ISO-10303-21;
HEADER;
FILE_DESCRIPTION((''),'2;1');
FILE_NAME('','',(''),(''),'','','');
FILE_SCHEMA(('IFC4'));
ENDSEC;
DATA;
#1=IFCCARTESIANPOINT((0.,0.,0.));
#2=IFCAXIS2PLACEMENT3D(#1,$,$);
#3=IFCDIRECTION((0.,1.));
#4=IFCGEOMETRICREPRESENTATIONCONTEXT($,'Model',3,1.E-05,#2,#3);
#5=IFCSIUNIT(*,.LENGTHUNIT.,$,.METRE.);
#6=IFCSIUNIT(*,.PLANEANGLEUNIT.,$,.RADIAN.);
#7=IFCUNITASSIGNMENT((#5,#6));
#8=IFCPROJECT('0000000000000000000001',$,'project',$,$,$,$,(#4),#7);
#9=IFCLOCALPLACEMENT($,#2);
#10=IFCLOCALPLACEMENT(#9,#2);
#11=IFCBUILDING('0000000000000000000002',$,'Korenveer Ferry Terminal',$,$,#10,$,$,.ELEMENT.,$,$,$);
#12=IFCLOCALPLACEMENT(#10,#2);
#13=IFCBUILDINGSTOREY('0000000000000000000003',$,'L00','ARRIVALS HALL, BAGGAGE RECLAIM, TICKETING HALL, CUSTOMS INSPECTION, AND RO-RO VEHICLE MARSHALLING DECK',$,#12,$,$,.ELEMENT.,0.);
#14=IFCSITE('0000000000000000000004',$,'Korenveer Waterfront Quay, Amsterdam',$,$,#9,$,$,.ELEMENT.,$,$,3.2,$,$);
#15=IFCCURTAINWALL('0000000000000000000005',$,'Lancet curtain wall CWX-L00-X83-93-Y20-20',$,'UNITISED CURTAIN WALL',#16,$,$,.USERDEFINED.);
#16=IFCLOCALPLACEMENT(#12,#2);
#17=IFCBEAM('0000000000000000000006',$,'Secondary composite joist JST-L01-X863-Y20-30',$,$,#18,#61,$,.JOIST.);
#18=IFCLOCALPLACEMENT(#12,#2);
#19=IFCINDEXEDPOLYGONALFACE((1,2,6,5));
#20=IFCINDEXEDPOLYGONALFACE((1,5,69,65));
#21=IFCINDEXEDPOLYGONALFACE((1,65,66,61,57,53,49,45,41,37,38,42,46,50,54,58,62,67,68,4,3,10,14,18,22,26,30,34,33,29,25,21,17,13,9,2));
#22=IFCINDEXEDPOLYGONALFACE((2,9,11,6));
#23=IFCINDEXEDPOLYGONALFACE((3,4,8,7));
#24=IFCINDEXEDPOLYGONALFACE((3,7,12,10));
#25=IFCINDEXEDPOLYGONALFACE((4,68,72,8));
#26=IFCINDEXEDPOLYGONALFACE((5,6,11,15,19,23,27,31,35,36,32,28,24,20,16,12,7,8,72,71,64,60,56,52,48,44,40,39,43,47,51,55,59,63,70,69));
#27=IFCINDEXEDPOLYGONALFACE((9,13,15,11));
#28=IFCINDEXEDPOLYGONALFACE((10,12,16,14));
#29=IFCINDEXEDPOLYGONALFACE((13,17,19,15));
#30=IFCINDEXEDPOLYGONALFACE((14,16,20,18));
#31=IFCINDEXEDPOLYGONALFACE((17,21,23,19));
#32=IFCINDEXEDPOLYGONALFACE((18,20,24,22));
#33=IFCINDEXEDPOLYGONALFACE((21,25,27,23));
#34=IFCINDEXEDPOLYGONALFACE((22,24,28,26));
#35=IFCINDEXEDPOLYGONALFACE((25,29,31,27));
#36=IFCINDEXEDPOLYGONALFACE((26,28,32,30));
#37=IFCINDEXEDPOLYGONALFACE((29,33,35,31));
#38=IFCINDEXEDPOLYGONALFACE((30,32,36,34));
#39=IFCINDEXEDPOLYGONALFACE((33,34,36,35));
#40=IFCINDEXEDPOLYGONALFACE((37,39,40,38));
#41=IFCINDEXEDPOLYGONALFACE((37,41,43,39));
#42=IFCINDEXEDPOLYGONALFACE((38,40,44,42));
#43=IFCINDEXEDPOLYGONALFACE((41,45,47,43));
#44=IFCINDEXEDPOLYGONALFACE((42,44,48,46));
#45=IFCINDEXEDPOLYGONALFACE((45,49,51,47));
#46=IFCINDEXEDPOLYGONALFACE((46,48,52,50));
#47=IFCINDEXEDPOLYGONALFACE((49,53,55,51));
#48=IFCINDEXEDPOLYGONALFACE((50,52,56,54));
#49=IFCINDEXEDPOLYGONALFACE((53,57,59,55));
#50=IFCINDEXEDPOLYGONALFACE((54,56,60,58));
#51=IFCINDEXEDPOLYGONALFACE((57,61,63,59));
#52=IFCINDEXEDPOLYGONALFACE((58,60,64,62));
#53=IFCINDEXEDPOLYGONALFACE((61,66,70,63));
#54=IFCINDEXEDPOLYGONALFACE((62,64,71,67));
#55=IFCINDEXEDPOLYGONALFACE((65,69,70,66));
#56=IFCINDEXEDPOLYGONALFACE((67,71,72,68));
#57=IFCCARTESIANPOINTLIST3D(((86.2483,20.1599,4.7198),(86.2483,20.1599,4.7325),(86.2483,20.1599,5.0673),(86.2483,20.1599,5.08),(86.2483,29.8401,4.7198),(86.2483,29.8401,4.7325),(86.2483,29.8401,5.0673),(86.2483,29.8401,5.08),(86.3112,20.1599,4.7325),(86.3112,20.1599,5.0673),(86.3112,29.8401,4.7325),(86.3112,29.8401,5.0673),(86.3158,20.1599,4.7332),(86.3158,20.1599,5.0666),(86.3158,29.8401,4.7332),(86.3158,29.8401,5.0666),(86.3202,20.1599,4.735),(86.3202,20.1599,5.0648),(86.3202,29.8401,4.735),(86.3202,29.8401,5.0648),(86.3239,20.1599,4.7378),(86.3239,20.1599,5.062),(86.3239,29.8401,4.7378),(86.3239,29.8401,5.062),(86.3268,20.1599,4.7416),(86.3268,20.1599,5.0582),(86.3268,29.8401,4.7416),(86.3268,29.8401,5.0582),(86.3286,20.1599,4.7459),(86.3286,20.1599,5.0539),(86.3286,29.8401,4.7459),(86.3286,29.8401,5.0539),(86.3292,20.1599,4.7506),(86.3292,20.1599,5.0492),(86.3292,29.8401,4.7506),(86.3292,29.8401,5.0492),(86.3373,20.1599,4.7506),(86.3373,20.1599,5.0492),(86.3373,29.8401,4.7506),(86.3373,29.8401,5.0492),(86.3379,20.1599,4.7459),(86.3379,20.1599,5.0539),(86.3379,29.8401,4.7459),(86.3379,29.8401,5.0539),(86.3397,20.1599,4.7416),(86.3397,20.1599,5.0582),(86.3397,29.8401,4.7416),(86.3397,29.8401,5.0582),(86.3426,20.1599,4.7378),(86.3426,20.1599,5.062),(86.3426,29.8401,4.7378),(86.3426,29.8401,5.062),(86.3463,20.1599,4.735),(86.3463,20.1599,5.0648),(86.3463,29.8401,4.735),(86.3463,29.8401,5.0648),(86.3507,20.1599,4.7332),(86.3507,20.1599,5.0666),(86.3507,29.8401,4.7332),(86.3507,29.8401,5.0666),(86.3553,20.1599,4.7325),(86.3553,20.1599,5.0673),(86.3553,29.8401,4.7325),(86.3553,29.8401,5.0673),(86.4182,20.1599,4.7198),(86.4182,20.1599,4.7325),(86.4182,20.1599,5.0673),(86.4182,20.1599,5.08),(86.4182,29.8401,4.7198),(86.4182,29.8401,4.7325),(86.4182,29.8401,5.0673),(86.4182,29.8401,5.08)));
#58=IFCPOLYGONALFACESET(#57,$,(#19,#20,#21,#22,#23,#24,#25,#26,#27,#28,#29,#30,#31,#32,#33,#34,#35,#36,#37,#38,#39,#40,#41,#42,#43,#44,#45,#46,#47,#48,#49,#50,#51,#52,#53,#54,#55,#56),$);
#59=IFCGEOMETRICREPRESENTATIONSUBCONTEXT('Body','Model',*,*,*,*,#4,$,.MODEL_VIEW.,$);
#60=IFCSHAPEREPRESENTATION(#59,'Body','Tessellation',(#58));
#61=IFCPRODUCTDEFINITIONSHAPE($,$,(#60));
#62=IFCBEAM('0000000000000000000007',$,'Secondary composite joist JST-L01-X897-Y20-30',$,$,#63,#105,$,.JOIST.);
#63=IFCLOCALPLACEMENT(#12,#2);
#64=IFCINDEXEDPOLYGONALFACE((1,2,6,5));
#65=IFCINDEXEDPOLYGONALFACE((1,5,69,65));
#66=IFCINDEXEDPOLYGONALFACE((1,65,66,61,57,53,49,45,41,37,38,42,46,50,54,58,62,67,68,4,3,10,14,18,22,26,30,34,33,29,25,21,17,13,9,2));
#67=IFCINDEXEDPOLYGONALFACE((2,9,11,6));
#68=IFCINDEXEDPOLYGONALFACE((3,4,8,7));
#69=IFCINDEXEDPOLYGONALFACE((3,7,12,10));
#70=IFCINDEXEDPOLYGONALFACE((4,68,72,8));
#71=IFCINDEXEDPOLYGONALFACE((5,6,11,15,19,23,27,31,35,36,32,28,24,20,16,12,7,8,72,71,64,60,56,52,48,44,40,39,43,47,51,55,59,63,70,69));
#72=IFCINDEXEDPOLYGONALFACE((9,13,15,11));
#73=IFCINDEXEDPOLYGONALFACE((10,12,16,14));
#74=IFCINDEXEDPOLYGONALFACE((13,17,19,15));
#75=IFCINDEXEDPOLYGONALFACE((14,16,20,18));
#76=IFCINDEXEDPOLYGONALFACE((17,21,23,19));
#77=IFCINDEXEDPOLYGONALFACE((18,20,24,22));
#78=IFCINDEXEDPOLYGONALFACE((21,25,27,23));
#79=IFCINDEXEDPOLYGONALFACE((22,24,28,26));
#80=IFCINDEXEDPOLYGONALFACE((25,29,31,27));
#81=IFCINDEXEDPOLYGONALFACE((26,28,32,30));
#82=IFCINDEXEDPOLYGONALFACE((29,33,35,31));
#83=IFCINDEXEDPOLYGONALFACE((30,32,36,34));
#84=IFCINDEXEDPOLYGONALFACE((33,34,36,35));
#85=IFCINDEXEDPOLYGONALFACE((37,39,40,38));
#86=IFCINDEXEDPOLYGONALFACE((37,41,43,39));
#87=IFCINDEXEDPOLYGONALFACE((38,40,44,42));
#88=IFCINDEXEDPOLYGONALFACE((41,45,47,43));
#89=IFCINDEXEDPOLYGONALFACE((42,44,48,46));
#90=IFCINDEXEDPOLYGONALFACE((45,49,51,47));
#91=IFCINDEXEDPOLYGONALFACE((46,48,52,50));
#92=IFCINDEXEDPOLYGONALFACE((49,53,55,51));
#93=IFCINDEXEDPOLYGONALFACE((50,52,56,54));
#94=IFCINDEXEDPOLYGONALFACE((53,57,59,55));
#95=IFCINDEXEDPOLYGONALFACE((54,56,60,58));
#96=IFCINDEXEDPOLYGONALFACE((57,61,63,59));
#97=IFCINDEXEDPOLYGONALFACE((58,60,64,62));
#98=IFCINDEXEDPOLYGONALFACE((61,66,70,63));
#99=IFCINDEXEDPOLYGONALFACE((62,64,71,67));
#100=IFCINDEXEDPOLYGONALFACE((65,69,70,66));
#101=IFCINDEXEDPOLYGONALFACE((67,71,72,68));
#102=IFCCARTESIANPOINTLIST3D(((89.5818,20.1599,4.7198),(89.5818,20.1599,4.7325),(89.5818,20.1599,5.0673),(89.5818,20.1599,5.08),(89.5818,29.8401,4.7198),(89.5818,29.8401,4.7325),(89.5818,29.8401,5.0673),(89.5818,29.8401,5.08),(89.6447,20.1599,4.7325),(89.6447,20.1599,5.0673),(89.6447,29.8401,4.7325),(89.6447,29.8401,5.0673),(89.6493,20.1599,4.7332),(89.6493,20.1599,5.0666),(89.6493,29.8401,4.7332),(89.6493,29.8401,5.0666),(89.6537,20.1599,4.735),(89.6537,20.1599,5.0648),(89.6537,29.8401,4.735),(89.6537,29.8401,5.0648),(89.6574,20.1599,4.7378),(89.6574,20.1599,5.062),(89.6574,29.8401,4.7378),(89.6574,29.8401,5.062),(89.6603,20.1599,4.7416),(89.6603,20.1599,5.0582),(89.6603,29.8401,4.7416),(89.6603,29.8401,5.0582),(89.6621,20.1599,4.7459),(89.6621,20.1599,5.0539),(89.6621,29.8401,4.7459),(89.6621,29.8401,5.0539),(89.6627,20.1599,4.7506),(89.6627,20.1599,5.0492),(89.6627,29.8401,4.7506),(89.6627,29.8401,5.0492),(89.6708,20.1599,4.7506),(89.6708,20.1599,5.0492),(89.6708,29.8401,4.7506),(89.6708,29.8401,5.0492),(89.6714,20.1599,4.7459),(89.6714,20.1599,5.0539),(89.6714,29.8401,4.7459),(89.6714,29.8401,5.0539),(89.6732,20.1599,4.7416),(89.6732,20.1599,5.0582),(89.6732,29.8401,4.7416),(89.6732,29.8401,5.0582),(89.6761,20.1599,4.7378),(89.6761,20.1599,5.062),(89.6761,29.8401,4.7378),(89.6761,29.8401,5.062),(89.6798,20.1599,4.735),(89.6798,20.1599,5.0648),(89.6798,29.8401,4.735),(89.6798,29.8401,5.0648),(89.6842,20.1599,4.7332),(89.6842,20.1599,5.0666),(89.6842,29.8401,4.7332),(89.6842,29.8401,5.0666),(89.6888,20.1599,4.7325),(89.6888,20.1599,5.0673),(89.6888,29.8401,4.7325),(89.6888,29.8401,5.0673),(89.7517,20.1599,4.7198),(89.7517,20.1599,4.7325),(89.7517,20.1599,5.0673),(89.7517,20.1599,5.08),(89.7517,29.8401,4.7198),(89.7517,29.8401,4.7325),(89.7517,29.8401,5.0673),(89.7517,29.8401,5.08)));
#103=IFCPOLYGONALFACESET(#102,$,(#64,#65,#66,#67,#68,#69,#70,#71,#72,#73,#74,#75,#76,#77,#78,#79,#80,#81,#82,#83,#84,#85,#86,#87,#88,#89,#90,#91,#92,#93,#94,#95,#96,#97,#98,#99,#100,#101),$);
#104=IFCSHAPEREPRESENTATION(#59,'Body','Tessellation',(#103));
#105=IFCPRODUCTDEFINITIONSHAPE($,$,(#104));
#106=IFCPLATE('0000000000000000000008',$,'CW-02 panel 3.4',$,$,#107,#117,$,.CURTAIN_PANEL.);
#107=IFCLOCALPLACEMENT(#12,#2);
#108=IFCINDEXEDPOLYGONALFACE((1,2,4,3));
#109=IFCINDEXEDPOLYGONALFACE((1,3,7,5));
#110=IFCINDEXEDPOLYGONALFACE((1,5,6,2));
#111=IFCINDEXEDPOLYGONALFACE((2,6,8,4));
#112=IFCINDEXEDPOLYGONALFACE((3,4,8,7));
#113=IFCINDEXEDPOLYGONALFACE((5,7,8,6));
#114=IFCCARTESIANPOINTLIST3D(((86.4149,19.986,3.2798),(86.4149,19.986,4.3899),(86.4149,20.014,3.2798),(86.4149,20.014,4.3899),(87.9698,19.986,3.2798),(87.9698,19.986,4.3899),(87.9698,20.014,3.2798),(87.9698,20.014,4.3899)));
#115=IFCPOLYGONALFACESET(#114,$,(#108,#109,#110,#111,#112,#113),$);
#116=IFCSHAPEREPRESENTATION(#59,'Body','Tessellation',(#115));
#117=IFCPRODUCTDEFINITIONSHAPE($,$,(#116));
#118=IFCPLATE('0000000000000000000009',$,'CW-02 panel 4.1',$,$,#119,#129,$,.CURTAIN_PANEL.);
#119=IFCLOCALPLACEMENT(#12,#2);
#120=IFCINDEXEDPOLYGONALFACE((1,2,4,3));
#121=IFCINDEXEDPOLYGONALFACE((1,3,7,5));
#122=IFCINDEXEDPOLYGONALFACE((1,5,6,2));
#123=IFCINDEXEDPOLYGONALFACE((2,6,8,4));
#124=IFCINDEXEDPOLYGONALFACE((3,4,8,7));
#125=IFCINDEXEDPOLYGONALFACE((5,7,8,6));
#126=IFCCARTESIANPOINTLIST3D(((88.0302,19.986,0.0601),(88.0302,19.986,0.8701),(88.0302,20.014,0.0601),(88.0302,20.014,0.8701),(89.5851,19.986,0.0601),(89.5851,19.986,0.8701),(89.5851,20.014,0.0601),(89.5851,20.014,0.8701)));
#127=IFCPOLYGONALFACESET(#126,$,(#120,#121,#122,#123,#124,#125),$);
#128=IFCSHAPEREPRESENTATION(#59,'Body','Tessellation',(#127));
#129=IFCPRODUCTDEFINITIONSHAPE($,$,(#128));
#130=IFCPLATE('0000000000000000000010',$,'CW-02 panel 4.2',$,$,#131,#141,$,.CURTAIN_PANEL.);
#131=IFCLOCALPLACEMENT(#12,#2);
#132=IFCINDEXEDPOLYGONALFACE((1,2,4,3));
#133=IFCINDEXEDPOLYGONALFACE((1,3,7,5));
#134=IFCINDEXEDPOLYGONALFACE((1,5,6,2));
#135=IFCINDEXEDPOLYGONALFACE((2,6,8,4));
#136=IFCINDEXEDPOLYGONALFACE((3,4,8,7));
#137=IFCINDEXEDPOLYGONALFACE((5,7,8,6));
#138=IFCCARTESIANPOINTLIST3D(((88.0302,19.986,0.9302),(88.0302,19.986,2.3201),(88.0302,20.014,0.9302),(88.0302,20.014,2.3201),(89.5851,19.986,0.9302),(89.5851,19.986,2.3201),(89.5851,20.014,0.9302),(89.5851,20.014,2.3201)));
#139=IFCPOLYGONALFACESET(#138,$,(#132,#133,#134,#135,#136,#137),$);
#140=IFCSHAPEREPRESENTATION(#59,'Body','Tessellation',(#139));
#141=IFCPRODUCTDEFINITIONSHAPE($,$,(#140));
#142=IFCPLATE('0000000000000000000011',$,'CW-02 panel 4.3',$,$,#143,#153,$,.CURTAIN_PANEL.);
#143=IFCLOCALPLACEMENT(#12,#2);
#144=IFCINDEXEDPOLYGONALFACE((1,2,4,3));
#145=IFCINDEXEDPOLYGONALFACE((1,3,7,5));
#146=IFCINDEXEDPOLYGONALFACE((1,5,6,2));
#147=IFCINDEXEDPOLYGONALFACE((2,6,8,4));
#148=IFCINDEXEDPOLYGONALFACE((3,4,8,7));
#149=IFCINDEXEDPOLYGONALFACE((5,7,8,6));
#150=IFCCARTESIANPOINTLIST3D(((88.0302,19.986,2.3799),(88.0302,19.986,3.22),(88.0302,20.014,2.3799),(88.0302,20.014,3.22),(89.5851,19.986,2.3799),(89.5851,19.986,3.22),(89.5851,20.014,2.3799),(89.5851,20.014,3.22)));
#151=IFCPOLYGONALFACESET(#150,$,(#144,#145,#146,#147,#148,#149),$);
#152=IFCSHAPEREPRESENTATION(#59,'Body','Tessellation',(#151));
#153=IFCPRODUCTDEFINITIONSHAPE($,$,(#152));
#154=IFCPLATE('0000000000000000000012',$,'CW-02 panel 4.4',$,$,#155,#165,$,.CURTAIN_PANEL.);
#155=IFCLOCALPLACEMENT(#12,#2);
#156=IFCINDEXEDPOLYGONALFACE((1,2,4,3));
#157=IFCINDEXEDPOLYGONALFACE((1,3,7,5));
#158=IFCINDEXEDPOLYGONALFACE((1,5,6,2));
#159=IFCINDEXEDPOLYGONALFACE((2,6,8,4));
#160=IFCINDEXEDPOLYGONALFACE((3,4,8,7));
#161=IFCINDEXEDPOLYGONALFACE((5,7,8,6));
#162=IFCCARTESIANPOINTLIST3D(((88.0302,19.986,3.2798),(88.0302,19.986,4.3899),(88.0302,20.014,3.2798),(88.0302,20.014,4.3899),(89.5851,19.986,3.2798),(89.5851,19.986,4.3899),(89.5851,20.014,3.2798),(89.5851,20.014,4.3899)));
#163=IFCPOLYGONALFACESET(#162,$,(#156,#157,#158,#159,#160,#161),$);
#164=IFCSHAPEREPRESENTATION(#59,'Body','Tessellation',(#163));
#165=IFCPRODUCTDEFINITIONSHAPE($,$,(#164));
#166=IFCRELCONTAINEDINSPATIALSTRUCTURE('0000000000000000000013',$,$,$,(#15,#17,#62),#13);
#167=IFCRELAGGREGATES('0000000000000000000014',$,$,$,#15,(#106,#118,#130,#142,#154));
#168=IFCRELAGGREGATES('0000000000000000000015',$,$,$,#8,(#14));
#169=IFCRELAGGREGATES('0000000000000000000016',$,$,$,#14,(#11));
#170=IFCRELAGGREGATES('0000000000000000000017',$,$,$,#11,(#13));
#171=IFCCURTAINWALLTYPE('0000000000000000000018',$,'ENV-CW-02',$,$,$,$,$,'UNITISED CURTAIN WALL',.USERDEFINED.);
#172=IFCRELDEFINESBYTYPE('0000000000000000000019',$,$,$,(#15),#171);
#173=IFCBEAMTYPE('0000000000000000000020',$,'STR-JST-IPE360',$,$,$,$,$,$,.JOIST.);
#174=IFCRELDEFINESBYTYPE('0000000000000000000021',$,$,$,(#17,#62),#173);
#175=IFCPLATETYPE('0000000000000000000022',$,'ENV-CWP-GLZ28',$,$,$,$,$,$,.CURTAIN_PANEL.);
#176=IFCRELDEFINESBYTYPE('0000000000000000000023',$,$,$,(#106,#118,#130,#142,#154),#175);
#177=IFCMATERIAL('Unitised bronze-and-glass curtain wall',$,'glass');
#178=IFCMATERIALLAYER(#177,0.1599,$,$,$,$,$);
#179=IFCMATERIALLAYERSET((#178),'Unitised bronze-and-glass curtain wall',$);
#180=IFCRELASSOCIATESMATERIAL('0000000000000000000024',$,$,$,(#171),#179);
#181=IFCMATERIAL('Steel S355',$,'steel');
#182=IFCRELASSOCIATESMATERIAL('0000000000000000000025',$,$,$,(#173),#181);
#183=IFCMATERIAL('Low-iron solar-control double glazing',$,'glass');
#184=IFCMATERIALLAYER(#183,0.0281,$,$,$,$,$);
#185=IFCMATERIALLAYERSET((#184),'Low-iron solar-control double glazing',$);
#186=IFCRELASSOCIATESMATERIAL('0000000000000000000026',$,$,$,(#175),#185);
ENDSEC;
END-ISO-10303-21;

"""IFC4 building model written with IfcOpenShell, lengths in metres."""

from ifc_helpers import new_model, si_unit, direction, frame, origin, origin_2d, place, context, subcontext, project, spatial, rectangle, i_section, extrude, material, layer, layer_set, material_profile, profile_set, type_object, element, aggregate, save


model = new_model("IFC4")

# Units and contexts
model_context = context("Model", 3, precision=1e-05, world=origin(), true_north=direction((0.0, 1.0)))
body_context = subcontext(model_context, "Body", "Model", "MODEL_VIEW")
ifc_project = project(units=[si_unit("LENGTHUNIT", "METRE"), si_unit("PLANEANGLEUNIT", "RADIAN")], contexts=[model_context])

# Site, building, storey
site_placement = place(None, origin())
site = spatial("IfcSite", under=ifc_project, at=site_placement, Name="Korenveer Waterfront Quay, Amsterdam", CompositionType="ELEMENT", RefElevation=3.2)
building_placement = place(site_placement, origin())
building = spatial("IfcBuilding", under=site, at=building_placement, Name="Korenveer Ferry Terminal", CompositionType="ELEMENT")
storey_placement = place(building_placement, origin())
storey = spatial("IfcBuildingStorey", under=building, at=storey_placement, Name="L00", Description="ARRIVALS HALL, BAGGAGE RECLAIM, TICKETING HALL, CUSTOMS INSPECTION, AND RO-RO VEHICLE MARSHALLING DECK", CompositionType="ELEMENT", Elevation=0.0)

# Curtain wall
ifc_material_1 = material(Name="Unitised bronze-and-glass curtain wall", Category="glass")
ifc_layer_1 = layer(ifc_material_1, 0.1599)
ifc_layer_set_1 = layer_set([ifc_layer_1], Name="Unitised bronze-and-glass curtain wall")
curtain_wall_type = type_object("IfcCurtainWallType", Name="ENV-CW-02", ElementType="UNITISED CURTAIN WALL", PredefinedType="USERDEFINED", material=ifc_layer_set_1)
curtain_wall_placement = place(storey_placement, frame((83.155, 20.0, 0.0)))
curtain_wall = element("IfcCurtainWall", 1, at=curtain_wall_placement, inside=storey, type_object=curtain_wall_type, Name="Lancet curtain wall CWX-L00-X83-93-Y20-20", ObjectType="UNITISED CURTAIN WALL", PredefinedType="USERDEFINED")

# Beams
ifc_material_2 = material(Name="Steel S355", Category="steel")
ifc_material_profile_1 = material_profile(ifc_material_2, i_section(OverallWidth=0.1699, OverallDepth=0.3601, WebThickness=0.0081, FlangeThickness=0.0127, FilletRadius=0.0181, at=origin_2d()), Name="IPE 360")
ifc_profile_set_1 = profile_set([ifc_material_profile_1], Name="Steel S355")
beam_type = type_object("IfcBeamType", Name="STR-JST-IPE360", PredefinedType="JOIST", material=ifc_profile_set_1)
for number, where, z_axis, x_axis, name in (
    (2, (86.3333, 20.1599, 4.8999), (0.0, 1.0, 0.0), (-1.0, 0.0, 0.0), "Secondary composite joist JST-L01-X863-Y20-30"),
    (3, (89.6667, 20.1599, 4.8999), (0.0, 1.0, 0.0), (-1.0, 0.0, 0.0), "Secondary composite joist JST-L01-X897-Y20-30"),
):
    element("IfcBeam", number, at=place(storey_placement, frame(where, z_axis=z_axis, x_axis=x_axis)), inside=storey, type_object=beam_type, Name=name, PredefinedType="JOIST", context=body_context, shape_type="SweptSolid", body=[
        extrude(i_section(OverallWidth=0.1699, OverallDepth=0.3601, WebThickness=0.0081, FlangeThickness=0.0127, FilletRadius=0.0181, at=origin_2d()), origin(), (0.0, 0.0, 1.0), 9.6802),
    ])

# Plates
ifc_material_3 = material(Name="Low-iron solar-control double glazing", Category="glass")
ifc_layer_2 = layer(ifc_material_3, 0.0281)
ifc_layer_set_2 = layer_set([ifc_layer_2], Name="Low-iron solar-control double glazing")
plate_type = type_object("IfcPlateType", Name="ENV-CWP-GLZ28", PredefinedType="CURTAIN_PANEL", material=ifc_layer_set_2)
plate_1_placement = place(storey_placement, frame((87.1924, 20.0, 3.2798), z_axis=(0.0, 0.0, 1.0), x_axis=(1.0, 0.0, 0.0)))
plate_1 = element("IfcPlate", 4, at=plate_1_placement, type_object=plate_type, Name="CW-02 panel 3.4", PredefinedType="CURTAIN_PANEL", context=body_context, shape_type="SweptSolid", body=[
    extrude(rectangle(XDim=1.5549, YDim=0.0281, at=origin_2d()), origin(), (0.0, 0.0, 1.0), 1.1101),
])
plate_2_placement = place(storey_placement, frame((88.8076, 20.0, 0.0601), z_axis=(0.0, 0.0, 1.0), x_axis=(1.0, 0.0, 0.0)))
plate_2 = element("IfcPlate", 5, at=plate_2_placement, type_object=plate_type, Name="CW-02 panel 4.1", PredefinedType="CURTAIN_PANEL", context=body_context, shape_type="SweptSolid", body=[
    extrude(rectangle(XDim=1.5549, YDim=0.0281, at=origin_2d()), origin(), (0.0, 0.0, 1.0), 0.8101),
])
plate_3_placement = place(storey_placement, frame((88.8076, 20.0, 0.9302), z_axis=(0.0, 0.0, 1.0), x_axis=(1.0, 0.0, 0.0)))
plate_3 = element("IfcPlate", 6, at=plate_3_placement, type_object=plate_type, Name="CW-02 panel 4.2", PredefinedType="CURTAIN_PANEL", context=body_context, shape_type="SweptSolid", body=[
    extrude(rectangle(XDim=1.5549, YDim=0.0281, at=origin_2d()), origin(), (0.0, 0.0, 1.0), 1.3899),
])
plate_4_placement = place(storey_placement, frame((88.8076, 20.0, 2.3799), z_axis=(0.0, 0.0, 1.0), x_axis=(1.0, 0.0, 0.0)))
plate_4 = element("IfcPlate", 7, at=plate_4_placement, type_object=plate_type, Name="CW-02 panel 4.3", PredefinedType="CURTAIN_PANEL", context=body_context, shape_type="SweptSolid", body=[
    extrude(rectangle(XDim=1.5549, YDim=0.0281, at=origin_2d()), origin(), (0.0, 0.0, 1.0), 0.8401),
])
plate_5_placement = place(storey_placement, frame((88.8076, 20.0, 3.2798), z_axis=(0.0, 0.0, 1.0), x_axis=(1.0, 0.0, 0.0)))
plate_5 = element("IfcPlate", 8, at=plate_5_placement, type_object=plate_type, Name="CW-02 panel 4.4", PredefinedType="CURTAIN_PANEL", context=body_context, shape_type="SweptSolid", body=[
    extrude(rectangle(XDim=1.5549, YDim=0.0281, at=origin_2d()), origin(), (0.0, 0.0, 1.0), 1.1101),
])
aggregate(curtain_wall, [plate_1, plate_2, plate_3, plate_4, plate_5])

save(model, "model.ifc")
